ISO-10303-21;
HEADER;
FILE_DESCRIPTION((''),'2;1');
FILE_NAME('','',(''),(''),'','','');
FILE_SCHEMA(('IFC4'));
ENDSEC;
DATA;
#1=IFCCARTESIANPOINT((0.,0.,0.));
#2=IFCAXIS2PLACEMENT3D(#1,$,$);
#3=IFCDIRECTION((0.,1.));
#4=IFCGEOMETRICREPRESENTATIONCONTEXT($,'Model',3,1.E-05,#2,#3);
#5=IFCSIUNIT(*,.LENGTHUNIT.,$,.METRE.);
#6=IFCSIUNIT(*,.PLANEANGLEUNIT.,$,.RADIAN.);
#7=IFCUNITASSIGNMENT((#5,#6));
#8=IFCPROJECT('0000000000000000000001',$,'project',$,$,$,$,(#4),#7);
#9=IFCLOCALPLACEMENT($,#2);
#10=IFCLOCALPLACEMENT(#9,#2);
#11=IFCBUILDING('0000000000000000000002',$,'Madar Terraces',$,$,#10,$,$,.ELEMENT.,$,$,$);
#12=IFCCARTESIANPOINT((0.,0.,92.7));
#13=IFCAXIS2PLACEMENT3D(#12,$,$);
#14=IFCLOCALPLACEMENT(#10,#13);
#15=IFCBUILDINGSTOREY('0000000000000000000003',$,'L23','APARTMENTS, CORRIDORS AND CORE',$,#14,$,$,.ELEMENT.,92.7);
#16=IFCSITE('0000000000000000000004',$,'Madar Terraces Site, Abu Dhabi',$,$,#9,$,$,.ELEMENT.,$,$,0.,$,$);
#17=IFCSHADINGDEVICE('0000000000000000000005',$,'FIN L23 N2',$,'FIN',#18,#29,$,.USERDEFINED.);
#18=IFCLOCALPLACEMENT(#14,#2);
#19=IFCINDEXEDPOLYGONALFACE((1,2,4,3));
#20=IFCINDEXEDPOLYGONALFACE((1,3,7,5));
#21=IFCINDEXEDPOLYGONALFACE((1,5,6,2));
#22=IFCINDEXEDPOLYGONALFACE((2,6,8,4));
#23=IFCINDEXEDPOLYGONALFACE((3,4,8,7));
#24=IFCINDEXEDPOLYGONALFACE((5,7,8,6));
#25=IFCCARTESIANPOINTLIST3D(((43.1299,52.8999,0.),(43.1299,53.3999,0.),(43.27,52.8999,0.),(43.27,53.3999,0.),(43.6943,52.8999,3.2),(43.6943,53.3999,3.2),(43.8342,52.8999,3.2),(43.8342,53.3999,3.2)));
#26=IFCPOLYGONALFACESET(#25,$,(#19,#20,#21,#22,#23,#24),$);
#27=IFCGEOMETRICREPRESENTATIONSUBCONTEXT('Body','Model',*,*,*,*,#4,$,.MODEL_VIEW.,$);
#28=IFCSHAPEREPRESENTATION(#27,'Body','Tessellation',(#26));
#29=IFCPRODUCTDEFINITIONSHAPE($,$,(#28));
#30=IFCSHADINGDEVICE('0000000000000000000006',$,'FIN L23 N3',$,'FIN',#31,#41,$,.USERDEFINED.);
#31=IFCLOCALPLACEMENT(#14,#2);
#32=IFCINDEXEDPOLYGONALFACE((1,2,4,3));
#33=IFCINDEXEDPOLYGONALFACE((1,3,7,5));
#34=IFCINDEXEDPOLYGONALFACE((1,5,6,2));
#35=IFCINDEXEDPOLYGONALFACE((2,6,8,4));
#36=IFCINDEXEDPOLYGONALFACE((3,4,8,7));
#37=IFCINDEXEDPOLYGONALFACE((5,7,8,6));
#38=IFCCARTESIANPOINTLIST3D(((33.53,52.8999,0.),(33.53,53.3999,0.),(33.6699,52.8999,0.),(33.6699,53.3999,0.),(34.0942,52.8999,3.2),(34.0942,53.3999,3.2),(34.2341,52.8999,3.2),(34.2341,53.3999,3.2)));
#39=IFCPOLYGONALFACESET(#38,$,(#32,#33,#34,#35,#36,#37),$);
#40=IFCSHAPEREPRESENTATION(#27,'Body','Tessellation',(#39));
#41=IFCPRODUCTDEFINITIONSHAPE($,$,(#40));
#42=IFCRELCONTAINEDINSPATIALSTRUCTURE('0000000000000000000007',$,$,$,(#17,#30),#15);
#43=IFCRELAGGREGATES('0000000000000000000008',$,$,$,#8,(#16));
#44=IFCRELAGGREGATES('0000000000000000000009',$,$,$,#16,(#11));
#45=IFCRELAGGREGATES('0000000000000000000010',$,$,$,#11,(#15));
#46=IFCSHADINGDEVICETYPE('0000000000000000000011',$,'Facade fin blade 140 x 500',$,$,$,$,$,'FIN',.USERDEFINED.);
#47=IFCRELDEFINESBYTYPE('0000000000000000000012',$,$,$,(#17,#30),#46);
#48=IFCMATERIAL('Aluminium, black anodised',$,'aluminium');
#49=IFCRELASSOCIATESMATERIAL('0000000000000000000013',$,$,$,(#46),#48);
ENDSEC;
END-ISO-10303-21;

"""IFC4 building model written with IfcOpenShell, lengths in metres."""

from ifc_helpers import new_model, si_unit, direction, frame, origin, place, context, subcontext, project, spatial, polyline, outline, extrude, material, type_object, element, save


model = new_model("IFC4")

# Units and contexts
model_context = context("Model", 3, precision=1e-05, world=origin(), true_north=direction((0.0, 1.0)))
body_context = subcontext(model_context, "Body", "Model", "MODEL_VIEW")
ifc_project = project(units=[si_unit("LENGTHUNIT", "METRE"), si_unit("PLANEANGLEUNIT", "RADIAN")], contexts=[model_context])

# Site, building, storey
site_placement = place(None, origin())
site = spatial("IfcSite", under=ifc_project, at=site_placement, Name="Madar Terraces Site, Abu Dhabi", CompositionType="ELEMENT", RefElevation=0.0)
building_placement = place(site_placement, origin())
building = spatial("IfcBuilding", under=site, at=building_placement, Name="Madar Terraces", CompositionType="ELEMENT")
storey_placement = place(building_placement, frame((0.0, 0.0, 92.7)))
storey = spatial("IfcBuildingStorey", under=building, at=storey_placement, Name="L23", Description="APARTMENTS, CORRIDORS AND CORE", CompositionType="ELEMENT", Elevation=92.7)

# Shading devices
ifc_material_1 = material(Name="Aluminium, black anodised", Category="aluminium")
shading_device_type = type_object("IfcShadingDeviceType", Name="Facade fin blade 140 x 500", ElementType="FIN", PredefinedType="USERDEFINED", material=ifc_material_1)
shading_device_1_placement = place(storey_placement, frame((43.27, 53.1499, 0.0), z_axis=(0.0, 0.0, 1.0), x_axis=(-1.0, 0.0, 0.0)))
element("IfcShadingDevice", 1, at=shading_device_1_placement, inside=storey, type_object=shading_device_type, Name="FIN L23 N2", ObjectType="FIN", PredefinedType="USERDEFINED", context=body_context, shape_type="SweptSolid", body=[
    extrude(outline(polyline([(0.0, 0.0), (0.1401, 0.0), (-0.4243, 3.2), (-0.5642, 3.2), (0.0, 0.0)])), frame((0.0, 0.25, 0.0), z_axis=(0.0, -1.0, 0.0), x_axis=(1.0, 0.0, 0.0)), (0.0, 0.0, 1.0), 0.5),
])
shading_device_2_placement = place(storey_placement, frame((33.6699, 53.1499, 0.0), z_axis=(0.0, 0.0, 1.0), x_axis=(-1.0, 0.0, 0.0)))
element("IfcShadingDevice", 2, at=shading_device_2_placement, inside=storey, type_object=shading_device_type, Name="FIN L23 N3", ObjectType="FIN", PredefinedType="USERDEFINED", context=body_context, shape_type="SweptSolid", body=[
    extrude(outline(polyline([(0.0, 0.0), (0.1399, 0.0), (-0.4243, 3.2), (-0.5642, 3.2), (0.0, 0.0)])), frame((0.0, 0.25, 0.0), z_axis=(0.0, -1.0, 0.0), x_axis=(1.0, 0.0, 0.0)), (0.0, 0.0, 1.0), 0.5),
])

save(model, "model.ifc")
